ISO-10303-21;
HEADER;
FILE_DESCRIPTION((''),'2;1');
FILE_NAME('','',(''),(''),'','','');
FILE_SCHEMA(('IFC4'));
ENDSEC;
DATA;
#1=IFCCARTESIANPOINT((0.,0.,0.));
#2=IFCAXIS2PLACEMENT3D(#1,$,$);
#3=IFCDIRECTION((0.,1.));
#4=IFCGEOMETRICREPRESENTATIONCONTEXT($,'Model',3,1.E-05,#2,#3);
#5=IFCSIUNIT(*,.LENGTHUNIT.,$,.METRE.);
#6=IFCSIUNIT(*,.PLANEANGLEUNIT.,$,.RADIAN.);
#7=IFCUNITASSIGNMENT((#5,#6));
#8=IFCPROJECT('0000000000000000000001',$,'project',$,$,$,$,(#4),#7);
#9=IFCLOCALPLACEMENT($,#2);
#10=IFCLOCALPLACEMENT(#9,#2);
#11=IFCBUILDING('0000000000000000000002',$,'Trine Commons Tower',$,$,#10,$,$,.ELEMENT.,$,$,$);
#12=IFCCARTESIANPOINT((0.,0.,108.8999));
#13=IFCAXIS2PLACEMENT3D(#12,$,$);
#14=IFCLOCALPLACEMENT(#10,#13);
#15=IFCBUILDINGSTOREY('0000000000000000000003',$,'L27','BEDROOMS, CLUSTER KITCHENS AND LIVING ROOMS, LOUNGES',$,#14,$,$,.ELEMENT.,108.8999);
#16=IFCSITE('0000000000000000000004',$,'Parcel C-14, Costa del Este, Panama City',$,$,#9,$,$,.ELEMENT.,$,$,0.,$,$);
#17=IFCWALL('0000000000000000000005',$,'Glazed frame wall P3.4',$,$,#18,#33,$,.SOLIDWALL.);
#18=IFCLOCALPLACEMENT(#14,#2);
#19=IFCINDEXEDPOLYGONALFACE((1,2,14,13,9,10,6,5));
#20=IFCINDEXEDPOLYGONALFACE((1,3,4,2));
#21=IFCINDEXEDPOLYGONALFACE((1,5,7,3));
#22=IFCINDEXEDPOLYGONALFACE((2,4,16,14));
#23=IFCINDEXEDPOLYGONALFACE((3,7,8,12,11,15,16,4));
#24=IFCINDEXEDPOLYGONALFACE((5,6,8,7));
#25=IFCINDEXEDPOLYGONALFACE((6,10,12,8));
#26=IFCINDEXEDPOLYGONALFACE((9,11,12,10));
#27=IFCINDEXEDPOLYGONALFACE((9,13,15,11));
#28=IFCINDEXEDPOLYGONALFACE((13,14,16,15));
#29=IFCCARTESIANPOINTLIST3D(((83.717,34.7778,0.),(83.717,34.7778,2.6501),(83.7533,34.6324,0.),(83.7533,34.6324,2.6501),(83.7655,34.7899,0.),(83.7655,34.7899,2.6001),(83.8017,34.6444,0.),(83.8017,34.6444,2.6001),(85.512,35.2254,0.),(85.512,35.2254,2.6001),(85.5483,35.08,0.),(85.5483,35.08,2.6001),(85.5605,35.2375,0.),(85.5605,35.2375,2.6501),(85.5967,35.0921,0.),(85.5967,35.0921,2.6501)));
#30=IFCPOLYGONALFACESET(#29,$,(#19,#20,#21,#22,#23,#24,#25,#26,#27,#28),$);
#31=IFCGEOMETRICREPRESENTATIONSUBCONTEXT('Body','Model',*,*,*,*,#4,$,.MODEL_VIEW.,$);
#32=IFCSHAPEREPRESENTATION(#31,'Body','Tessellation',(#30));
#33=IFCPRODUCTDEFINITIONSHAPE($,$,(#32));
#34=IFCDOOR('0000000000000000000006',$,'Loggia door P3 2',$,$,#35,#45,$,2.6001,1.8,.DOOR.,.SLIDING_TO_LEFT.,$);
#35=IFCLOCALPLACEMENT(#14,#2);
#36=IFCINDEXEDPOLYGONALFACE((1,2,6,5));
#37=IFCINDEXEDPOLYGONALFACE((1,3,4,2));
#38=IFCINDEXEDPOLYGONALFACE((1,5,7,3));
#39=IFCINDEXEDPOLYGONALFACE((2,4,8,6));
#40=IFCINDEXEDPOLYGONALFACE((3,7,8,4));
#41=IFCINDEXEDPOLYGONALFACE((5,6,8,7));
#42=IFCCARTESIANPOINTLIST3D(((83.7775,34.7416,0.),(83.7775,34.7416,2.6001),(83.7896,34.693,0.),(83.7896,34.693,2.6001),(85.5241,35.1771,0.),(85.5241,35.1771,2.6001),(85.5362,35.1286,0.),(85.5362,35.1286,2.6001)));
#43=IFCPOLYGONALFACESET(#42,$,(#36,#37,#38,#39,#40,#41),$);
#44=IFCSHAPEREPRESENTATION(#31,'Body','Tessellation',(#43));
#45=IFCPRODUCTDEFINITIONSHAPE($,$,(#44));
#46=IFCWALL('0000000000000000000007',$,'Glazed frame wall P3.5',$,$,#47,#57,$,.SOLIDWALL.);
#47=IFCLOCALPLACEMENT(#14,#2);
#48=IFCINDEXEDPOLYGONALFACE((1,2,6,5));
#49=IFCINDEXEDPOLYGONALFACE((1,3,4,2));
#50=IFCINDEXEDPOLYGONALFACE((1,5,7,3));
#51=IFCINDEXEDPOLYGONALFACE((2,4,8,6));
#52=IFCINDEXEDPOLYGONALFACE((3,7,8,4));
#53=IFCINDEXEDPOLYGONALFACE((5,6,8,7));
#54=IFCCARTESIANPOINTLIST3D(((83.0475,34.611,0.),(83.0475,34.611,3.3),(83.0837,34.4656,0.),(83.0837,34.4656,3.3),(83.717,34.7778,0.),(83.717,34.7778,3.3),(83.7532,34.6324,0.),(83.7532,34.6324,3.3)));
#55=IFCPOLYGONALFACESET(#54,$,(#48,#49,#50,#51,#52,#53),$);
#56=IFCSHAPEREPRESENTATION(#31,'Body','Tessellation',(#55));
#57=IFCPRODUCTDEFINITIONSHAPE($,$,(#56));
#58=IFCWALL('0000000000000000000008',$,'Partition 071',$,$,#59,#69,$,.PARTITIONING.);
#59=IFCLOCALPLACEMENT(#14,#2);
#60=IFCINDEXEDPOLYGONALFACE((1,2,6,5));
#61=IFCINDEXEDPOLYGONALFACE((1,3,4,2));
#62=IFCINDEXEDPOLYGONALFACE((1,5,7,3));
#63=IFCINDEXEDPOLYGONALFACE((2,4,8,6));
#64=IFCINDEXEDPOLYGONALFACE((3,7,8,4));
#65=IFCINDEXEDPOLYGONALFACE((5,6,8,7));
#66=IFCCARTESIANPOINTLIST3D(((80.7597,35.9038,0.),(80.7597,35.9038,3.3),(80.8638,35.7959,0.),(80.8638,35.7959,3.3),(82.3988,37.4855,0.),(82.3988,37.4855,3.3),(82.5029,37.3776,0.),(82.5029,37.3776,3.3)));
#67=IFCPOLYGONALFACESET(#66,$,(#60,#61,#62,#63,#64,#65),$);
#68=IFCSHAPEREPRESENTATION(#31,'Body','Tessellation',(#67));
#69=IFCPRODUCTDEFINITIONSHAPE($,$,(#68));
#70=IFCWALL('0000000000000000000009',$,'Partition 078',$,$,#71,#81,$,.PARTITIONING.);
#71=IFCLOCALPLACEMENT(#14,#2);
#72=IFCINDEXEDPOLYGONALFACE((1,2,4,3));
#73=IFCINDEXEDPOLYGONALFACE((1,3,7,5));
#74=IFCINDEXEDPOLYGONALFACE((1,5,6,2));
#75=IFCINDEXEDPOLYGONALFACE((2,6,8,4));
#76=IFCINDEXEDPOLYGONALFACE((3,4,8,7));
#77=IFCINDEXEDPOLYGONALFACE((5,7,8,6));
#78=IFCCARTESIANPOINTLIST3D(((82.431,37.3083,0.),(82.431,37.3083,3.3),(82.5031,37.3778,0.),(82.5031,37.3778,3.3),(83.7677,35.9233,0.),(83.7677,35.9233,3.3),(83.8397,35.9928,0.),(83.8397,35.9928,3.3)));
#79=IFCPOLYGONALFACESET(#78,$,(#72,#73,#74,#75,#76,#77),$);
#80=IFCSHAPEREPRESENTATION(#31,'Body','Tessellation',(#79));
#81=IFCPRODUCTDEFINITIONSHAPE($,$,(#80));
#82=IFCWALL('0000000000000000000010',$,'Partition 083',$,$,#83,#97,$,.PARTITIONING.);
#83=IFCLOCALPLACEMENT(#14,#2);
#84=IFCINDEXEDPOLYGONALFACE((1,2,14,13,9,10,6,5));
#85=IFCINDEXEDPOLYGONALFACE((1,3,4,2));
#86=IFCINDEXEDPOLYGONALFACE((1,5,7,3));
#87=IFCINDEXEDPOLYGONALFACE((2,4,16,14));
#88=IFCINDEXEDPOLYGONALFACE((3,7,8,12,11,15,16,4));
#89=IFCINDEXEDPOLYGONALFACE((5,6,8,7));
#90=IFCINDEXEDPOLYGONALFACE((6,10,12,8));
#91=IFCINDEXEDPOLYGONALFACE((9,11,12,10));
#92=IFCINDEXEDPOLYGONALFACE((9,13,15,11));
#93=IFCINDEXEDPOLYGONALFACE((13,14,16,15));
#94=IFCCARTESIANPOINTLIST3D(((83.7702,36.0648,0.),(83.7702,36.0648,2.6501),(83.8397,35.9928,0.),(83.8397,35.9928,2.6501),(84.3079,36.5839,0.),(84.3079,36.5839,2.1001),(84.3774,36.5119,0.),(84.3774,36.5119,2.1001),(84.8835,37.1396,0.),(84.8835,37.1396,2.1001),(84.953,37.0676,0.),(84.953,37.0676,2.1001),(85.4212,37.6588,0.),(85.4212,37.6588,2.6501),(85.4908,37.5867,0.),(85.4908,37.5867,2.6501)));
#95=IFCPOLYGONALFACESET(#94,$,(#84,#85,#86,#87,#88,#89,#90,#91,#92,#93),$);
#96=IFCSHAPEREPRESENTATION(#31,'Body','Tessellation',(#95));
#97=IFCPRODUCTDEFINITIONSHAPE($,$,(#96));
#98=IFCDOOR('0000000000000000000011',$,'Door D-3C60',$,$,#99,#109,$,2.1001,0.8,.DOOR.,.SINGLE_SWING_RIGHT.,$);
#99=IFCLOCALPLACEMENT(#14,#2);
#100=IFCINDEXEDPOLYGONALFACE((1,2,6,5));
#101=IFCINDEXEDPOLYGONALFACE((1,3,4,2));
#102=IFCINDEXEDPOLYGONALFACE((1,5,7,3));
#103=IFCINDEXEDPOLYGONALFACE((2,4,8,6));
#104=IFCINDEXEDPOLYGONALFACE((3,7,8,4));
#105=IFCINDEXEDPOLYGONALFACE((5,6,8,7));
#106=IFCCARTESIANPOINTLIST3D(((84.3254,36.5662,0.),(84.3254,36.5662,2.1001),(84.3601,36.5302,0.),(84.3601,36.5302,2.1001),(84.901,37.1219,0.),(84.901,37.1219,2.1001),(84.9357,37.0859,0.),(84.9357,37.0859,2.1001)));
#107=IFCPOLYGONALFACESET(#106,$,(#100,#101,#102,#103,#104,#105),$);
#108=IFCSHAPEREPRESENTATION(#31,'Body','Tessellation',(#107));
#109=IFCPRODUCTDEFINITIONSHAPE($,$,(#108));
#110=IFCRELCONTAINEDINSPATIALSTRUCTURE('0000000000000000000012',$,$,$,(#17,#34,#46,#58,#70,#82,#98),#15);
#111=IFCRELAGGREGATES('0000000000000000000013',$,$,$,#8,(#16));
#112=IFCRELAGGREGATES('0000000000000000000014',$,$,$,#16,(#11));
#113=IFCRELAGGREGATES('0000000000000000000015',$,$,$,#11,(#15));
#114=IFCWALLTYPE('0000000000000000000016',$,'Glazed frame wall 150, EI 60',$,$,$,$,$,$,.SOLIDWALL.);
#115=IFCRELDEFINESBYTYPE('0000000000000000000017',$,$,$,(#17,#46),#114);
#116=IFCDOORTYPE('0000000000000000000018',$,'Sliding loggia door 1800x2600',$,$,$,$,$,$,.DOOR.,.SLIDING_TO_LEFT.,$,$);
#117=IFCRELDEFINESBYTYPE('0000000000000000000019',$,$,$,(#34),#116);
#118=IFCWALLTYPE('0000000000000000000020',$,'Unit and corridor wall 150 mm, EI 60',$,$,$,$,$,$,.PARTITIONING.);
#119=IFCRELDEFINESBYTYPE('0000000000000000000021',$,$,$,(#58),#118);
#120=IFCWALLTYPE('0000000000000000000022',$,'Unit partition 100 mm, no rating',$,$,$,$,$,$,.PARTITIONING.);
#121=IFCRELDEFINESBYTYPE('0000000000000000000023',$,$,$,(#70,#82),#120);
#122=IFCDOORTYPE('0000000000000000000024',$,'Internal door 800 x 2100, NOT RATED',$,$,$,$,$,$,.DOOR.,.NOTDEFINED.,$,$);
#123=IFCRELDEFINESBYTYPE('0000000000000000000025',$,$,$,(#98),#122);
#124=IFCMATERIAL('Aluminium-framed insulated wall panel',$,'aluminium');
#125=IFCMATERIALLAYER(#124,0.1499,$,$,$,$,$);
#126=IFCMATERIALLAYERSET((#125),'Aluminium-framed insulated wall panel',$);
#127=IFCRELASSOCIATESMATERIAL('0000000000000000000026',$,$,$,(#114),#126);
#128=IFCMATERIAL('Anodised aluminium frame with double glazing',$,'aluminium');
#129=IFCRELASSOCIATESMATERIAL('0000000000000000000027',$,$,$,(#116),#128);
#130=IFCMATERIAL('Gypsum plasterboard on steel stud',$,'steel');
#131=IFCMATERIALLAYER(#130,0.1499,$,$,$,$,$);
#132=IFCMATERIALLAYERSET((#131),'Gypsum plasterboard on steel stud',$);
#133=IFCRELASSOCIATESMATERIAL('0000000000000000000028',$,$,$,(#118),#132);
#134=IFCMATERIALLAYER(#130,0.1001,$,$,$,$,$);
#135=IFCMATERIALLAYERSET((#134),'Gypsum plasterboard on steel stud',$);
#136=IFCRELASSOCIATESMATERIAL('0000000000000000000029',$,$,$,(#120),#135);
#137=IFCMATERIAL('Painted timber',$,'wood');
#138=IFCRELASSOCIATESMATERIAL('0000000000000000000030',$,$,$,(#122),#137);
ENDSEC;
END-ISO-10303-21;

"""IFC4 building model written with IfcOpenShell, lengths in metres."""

from ifc_helpers import new_model, si_unit, direction, frame, frame_2d, origin, place, context, subcontext, project, spatial, polyline, rectangle, outline, extrude, material, layer, layer_set, type_object, element, fill, save


model = new_model("IFC4")

# Units and contexts
model_context = context("Model", 3, precision=1e-05, world=origin(), true_north=direction((0.0, 1.0)))
body_context = subcontext(model_context, "Body", "Model", "MODEL_VIEW")
ifc_project = project(units=[si_unit("LENGTHUNIT", "METRE"), si_unit("PLANEANGLEUNIT", "RADIAN")], contexts=[model_context])

# Site, building, storey
site_placement = place(None, origin())
site = spatial("IfcSite", under=ifc_project, at=site_placement, Name="Parcel C-14, Costa del Este, Panama City", CompositionType="ELEMENT", RefElevation=0.0)
building_placement = place(site_placement, origin())
building = spatial("IfcBuilding", under=site, at=building_placement, Name="Trine Commons Tower", CompositionType="ELEMENT")
storey_placement = place(building_placement, frame((0.0, 0.0, 108.8999)))
storey = spatial("IfcBuildingStorey", under=building, at=storey_placement, Name="L27", Description="BEDROOMS, CLUSTER KITCHENS AND LIVING ROOMS, LOUNGES", CompositionType="ELEMENT", Elevation=108.8999)

# Wall, opening, door
ifc_material_1 = material(Name="Aluminium-framed insulated wall panel", Category="aluminium")
ifc_layer_1 = layer(ifc_material_1, 0.1499)
ifc_layer_set_1 = layer_set([ifc_layer_1], Name="Aluminium-framed insulated wall panel")
wall_type_1 = type_object("IfcWallType", Name="Glazed frame wall 150, EI 60", PredefinedType="SOLIDWALL", material=ifc_layer_set_1)
wall_1_placement = place(storey_placement, frame((85.5786, 35.1648, 0.0), z_axis=(0.0, 0.0, 1.0), x_axis=(-0.970286, -0.241961, 0.0)))
wall_1 = element("IfcWall", 1, at=wall_1_placement, inside=storey, type_object=wall_type_1, Name="Glazed frame wall P3.4", PredefinedType="SOLIDWALL", context=body_context, shape_type="SweptSolid", body=[
    extrude(outline(polyline([(0.0, -0.075), (1.8999, -0.075), (1.8999, 0.075), (0.0, 0.075), (0.0, -0.075)])), origin(), (0.0, 0.0, 1.0), 2.6501),
])
opening_1_placement = place(wall_1_placement, frame((0.05, 0.0, 0.0)))
opening_1 = element("IfcOpeningElement", 2, at=opening_1_placement, cuts=wall_1, PredefinedType="OPENING", context=body_context, shape_type="SweptSolid", body=[
    extrude(rectangle(XDim=1.8, YDim=2.6001, at=frame_2d((0.8999, 1.3))), frame((0.0, 0.085, 0.0), z_axis=(0.0, -1.0, 0.0), x_axis=(1.0, 0.0, 0.0)), (0.0, 0.0, 1.0), 0.1699),
])
ifc_material_2 = material(Name="Anodised aluminium frame with double glazing", Category="aluminium")
door_type_1 = type_object("IfcDoorType", Name="Sliding loggia door 1800x2600", OperationType="SLIDING_TO_LEFT", PredefinedType="DOOR", material=ifc_material_2)
door_1_placement = place(opening_1_placement, origin())
door_1 = element("IfcDoor", 3, at=door_1_placement, inside=storey, type_object=door_type_1, Name="Loggia door P3 2", OperationType="SLIDING_TO_LEFT", OverallHeight=2.6001, OverallWidth=1.8, PredefinedType="DOOR", context=body_context, shape_type="SweptSolid", body=[
    extrude(rectangle(XDim=1.8, YDim=2.6001, at=frame_2d((0.8999, 1.3))), frame((0.0, 0.0249, 0.0), z_axis=(0.0, -1.0, 0.0), x_axis=(1.0, 0.0, 0.0)), (0.0, 0.0, 1.0), 0.05),
])
fill(opening_1, door_1)

# Walls
wall_2_placement = place(storey_placement, frame((83.7351, 34.7051, 0.0), z_axis=(0.0, 0.0, 1.0), x_axis=(-0.97034, -0.241746, 0.0)))
element("IfcWall", 4, at=wall_2_placement, inside=storey, type_object=wall_type_1, Name="Glazed frame wall P3.5", PredefinedType="SOLIDWALL", context=body_context, shape_type="SweptSolid", body=[
    extrude(outline(polyline([(0.6899, 0.075), (0.0, 0.075), (0.0, -0.075), (0.6899, -0.075), (0.6899, 0.075)])), origin(), (0.0, 0.0, 1.0), 3.3),
])
ifc_material_3 = material(Name="Gypsum plasterboard on steel stud", Category="steel")
ifc_layer_2 = layer(ifc_material_3, 0.1499)
ifc_layer_set_2 = layer_set([ifc_layer_2], Name="Gypsum plasterboard on steel stud")
wall_type_2 = type_object("IfcWallType", Name="Unit and corridor wall 150 mm, EI 60", PredefinedType="PARTITIONING", material=ifc_layer_set_2)
wall_3_placement = place(storey_placement, frame((80.8118, 35.8499, 0.0), z_axis=(0.0, 0.0, 1.0), x_axis=(0.719588, 0.694401, 0.0)))
element("IfcWall", 5, at=wall_3_placement, inside=storey, type_object=wall_type_2, Name="Partition 071", PredefinedType="PARTITIONING", context=body_context, shape_type="SweptSolid", body=[
    extrude(rectangle(XDim=2.2778, YDim=0.1499, at=frame_2d((1.1389, 0.0))), origin(), (0.0, 0.0, 1.0), 3.3),
])
ifc_layer_3 = layer(ifc_material_3, 0.1001)
ifc_layer_set_3 = layer_set([ifc_layer_3], Name="Gypsum plasterboard on steel stud")
wall_type_3 = type_object("IfcWallType", Name="Unit partition 100 mm, no rating", PredefinedType="PARTITIONING", material=ifc_layer_set_3)
wall_4_placement = place(storey_placement, frame((82.467, 37.343, 0.0), z_axis=(0.0, 0.0, 1.0), x_axis=(0.694438, -0.719552, 0.0)))
element("IfcWall", 6, at=wall_4_placement, inside=storey, type_object=wall_type_3, Name="Partition 078", PredefinedType="PARTITIONING", context=body_context, shape_type="SweptSolid", body=[
    extrude(rectangle(XDim=1.9248, YDim=0.1001, at=frame_2d((0.9624, 0.0))), origin(), (0.0, 0.0, 1.0), 3.3),
])

# Wall, opening, door
wall_5_placement = place(storey_placement, frame((83.8049, 36.0288, 0.0), z_axis=(0.0, 0.0, 1.0), x_axis=(0.719444, 0.694551, 0.0)))
wall_5 = element("IfcWall", 7, at=wall_5_placement, inside=storey, type_object=wall_type_3, Name="Partition 083", PredefinedType="PARTITIONING", context=body_context, shape_type="SweptSolid", body=[
    extrude(rectangle(XDim=2.2949, YDim=0.1001, at=frame_2d((1.1475, 0.0))), origin(), (0.0, 0.0, 1.0), 2.6501),
])
opening_2_placement = place(wall_5_placement, frame((0.7476, 0.0, 0.0)))
opening_2 = element("IfcOpeningElement", 8, at=opening_2_placement, cuts=wall_5, PredefinedType="OPENING", context=body_context, shape_type="SweptSolid", body=[
    extrude(rectangle(XDim=0.8, YDim=2.1001, at=frame_2d((0.3999, 1.05))), frame((0.0, 0.0601, 0.0), z_axis=(0.0, -1.0, 0.0), x_axis=(1.0, 0.0, 0.0)), (0.0, 0.0, 1.0), 0.1201),
])
ifc_material_4 = material(Name="Painted timber", Category="wood")
door_type_2 = type_object("IfcDoorType", Name="Internal door 800 x 2100, NOT RATED", OperationType="NOTDEFINED", PredefinedType="DOOR", material=ifc_material_4)
door_2_placement = place(opening_2_placement, frame((0.8, 0.0, 0.0), z_axis=(0.0, 0.0, 1.0), x_axis=(-1.0, 0.0, 0.0)))
door_2 = element("IfcDoor", 9, at=door_2_placement, inside=storey, type_object=door_type_2, Name="Door D-3C60", OperationType="SINGLE_SWING_RIGHT", OverallHeight=2.1001, OverallWidth=0.8, PredefinedType="DOOR", context=body_context, shape_type="SweptSolid", body=[
    extrude(rectangle(XDim=0.8, YDim=2.1001, at=frame_2d((0.3999, 1.05))), frame((0.0, 0.0249, 0.0), z_axis=(0.0, -1.0, 0.0), x_axis=(1.0, 0.0, 0.0)), (0.0, 0.0, 1.0), 0.05),
])
fill(opening_2, door_2)

save(model, "model.ifc")
